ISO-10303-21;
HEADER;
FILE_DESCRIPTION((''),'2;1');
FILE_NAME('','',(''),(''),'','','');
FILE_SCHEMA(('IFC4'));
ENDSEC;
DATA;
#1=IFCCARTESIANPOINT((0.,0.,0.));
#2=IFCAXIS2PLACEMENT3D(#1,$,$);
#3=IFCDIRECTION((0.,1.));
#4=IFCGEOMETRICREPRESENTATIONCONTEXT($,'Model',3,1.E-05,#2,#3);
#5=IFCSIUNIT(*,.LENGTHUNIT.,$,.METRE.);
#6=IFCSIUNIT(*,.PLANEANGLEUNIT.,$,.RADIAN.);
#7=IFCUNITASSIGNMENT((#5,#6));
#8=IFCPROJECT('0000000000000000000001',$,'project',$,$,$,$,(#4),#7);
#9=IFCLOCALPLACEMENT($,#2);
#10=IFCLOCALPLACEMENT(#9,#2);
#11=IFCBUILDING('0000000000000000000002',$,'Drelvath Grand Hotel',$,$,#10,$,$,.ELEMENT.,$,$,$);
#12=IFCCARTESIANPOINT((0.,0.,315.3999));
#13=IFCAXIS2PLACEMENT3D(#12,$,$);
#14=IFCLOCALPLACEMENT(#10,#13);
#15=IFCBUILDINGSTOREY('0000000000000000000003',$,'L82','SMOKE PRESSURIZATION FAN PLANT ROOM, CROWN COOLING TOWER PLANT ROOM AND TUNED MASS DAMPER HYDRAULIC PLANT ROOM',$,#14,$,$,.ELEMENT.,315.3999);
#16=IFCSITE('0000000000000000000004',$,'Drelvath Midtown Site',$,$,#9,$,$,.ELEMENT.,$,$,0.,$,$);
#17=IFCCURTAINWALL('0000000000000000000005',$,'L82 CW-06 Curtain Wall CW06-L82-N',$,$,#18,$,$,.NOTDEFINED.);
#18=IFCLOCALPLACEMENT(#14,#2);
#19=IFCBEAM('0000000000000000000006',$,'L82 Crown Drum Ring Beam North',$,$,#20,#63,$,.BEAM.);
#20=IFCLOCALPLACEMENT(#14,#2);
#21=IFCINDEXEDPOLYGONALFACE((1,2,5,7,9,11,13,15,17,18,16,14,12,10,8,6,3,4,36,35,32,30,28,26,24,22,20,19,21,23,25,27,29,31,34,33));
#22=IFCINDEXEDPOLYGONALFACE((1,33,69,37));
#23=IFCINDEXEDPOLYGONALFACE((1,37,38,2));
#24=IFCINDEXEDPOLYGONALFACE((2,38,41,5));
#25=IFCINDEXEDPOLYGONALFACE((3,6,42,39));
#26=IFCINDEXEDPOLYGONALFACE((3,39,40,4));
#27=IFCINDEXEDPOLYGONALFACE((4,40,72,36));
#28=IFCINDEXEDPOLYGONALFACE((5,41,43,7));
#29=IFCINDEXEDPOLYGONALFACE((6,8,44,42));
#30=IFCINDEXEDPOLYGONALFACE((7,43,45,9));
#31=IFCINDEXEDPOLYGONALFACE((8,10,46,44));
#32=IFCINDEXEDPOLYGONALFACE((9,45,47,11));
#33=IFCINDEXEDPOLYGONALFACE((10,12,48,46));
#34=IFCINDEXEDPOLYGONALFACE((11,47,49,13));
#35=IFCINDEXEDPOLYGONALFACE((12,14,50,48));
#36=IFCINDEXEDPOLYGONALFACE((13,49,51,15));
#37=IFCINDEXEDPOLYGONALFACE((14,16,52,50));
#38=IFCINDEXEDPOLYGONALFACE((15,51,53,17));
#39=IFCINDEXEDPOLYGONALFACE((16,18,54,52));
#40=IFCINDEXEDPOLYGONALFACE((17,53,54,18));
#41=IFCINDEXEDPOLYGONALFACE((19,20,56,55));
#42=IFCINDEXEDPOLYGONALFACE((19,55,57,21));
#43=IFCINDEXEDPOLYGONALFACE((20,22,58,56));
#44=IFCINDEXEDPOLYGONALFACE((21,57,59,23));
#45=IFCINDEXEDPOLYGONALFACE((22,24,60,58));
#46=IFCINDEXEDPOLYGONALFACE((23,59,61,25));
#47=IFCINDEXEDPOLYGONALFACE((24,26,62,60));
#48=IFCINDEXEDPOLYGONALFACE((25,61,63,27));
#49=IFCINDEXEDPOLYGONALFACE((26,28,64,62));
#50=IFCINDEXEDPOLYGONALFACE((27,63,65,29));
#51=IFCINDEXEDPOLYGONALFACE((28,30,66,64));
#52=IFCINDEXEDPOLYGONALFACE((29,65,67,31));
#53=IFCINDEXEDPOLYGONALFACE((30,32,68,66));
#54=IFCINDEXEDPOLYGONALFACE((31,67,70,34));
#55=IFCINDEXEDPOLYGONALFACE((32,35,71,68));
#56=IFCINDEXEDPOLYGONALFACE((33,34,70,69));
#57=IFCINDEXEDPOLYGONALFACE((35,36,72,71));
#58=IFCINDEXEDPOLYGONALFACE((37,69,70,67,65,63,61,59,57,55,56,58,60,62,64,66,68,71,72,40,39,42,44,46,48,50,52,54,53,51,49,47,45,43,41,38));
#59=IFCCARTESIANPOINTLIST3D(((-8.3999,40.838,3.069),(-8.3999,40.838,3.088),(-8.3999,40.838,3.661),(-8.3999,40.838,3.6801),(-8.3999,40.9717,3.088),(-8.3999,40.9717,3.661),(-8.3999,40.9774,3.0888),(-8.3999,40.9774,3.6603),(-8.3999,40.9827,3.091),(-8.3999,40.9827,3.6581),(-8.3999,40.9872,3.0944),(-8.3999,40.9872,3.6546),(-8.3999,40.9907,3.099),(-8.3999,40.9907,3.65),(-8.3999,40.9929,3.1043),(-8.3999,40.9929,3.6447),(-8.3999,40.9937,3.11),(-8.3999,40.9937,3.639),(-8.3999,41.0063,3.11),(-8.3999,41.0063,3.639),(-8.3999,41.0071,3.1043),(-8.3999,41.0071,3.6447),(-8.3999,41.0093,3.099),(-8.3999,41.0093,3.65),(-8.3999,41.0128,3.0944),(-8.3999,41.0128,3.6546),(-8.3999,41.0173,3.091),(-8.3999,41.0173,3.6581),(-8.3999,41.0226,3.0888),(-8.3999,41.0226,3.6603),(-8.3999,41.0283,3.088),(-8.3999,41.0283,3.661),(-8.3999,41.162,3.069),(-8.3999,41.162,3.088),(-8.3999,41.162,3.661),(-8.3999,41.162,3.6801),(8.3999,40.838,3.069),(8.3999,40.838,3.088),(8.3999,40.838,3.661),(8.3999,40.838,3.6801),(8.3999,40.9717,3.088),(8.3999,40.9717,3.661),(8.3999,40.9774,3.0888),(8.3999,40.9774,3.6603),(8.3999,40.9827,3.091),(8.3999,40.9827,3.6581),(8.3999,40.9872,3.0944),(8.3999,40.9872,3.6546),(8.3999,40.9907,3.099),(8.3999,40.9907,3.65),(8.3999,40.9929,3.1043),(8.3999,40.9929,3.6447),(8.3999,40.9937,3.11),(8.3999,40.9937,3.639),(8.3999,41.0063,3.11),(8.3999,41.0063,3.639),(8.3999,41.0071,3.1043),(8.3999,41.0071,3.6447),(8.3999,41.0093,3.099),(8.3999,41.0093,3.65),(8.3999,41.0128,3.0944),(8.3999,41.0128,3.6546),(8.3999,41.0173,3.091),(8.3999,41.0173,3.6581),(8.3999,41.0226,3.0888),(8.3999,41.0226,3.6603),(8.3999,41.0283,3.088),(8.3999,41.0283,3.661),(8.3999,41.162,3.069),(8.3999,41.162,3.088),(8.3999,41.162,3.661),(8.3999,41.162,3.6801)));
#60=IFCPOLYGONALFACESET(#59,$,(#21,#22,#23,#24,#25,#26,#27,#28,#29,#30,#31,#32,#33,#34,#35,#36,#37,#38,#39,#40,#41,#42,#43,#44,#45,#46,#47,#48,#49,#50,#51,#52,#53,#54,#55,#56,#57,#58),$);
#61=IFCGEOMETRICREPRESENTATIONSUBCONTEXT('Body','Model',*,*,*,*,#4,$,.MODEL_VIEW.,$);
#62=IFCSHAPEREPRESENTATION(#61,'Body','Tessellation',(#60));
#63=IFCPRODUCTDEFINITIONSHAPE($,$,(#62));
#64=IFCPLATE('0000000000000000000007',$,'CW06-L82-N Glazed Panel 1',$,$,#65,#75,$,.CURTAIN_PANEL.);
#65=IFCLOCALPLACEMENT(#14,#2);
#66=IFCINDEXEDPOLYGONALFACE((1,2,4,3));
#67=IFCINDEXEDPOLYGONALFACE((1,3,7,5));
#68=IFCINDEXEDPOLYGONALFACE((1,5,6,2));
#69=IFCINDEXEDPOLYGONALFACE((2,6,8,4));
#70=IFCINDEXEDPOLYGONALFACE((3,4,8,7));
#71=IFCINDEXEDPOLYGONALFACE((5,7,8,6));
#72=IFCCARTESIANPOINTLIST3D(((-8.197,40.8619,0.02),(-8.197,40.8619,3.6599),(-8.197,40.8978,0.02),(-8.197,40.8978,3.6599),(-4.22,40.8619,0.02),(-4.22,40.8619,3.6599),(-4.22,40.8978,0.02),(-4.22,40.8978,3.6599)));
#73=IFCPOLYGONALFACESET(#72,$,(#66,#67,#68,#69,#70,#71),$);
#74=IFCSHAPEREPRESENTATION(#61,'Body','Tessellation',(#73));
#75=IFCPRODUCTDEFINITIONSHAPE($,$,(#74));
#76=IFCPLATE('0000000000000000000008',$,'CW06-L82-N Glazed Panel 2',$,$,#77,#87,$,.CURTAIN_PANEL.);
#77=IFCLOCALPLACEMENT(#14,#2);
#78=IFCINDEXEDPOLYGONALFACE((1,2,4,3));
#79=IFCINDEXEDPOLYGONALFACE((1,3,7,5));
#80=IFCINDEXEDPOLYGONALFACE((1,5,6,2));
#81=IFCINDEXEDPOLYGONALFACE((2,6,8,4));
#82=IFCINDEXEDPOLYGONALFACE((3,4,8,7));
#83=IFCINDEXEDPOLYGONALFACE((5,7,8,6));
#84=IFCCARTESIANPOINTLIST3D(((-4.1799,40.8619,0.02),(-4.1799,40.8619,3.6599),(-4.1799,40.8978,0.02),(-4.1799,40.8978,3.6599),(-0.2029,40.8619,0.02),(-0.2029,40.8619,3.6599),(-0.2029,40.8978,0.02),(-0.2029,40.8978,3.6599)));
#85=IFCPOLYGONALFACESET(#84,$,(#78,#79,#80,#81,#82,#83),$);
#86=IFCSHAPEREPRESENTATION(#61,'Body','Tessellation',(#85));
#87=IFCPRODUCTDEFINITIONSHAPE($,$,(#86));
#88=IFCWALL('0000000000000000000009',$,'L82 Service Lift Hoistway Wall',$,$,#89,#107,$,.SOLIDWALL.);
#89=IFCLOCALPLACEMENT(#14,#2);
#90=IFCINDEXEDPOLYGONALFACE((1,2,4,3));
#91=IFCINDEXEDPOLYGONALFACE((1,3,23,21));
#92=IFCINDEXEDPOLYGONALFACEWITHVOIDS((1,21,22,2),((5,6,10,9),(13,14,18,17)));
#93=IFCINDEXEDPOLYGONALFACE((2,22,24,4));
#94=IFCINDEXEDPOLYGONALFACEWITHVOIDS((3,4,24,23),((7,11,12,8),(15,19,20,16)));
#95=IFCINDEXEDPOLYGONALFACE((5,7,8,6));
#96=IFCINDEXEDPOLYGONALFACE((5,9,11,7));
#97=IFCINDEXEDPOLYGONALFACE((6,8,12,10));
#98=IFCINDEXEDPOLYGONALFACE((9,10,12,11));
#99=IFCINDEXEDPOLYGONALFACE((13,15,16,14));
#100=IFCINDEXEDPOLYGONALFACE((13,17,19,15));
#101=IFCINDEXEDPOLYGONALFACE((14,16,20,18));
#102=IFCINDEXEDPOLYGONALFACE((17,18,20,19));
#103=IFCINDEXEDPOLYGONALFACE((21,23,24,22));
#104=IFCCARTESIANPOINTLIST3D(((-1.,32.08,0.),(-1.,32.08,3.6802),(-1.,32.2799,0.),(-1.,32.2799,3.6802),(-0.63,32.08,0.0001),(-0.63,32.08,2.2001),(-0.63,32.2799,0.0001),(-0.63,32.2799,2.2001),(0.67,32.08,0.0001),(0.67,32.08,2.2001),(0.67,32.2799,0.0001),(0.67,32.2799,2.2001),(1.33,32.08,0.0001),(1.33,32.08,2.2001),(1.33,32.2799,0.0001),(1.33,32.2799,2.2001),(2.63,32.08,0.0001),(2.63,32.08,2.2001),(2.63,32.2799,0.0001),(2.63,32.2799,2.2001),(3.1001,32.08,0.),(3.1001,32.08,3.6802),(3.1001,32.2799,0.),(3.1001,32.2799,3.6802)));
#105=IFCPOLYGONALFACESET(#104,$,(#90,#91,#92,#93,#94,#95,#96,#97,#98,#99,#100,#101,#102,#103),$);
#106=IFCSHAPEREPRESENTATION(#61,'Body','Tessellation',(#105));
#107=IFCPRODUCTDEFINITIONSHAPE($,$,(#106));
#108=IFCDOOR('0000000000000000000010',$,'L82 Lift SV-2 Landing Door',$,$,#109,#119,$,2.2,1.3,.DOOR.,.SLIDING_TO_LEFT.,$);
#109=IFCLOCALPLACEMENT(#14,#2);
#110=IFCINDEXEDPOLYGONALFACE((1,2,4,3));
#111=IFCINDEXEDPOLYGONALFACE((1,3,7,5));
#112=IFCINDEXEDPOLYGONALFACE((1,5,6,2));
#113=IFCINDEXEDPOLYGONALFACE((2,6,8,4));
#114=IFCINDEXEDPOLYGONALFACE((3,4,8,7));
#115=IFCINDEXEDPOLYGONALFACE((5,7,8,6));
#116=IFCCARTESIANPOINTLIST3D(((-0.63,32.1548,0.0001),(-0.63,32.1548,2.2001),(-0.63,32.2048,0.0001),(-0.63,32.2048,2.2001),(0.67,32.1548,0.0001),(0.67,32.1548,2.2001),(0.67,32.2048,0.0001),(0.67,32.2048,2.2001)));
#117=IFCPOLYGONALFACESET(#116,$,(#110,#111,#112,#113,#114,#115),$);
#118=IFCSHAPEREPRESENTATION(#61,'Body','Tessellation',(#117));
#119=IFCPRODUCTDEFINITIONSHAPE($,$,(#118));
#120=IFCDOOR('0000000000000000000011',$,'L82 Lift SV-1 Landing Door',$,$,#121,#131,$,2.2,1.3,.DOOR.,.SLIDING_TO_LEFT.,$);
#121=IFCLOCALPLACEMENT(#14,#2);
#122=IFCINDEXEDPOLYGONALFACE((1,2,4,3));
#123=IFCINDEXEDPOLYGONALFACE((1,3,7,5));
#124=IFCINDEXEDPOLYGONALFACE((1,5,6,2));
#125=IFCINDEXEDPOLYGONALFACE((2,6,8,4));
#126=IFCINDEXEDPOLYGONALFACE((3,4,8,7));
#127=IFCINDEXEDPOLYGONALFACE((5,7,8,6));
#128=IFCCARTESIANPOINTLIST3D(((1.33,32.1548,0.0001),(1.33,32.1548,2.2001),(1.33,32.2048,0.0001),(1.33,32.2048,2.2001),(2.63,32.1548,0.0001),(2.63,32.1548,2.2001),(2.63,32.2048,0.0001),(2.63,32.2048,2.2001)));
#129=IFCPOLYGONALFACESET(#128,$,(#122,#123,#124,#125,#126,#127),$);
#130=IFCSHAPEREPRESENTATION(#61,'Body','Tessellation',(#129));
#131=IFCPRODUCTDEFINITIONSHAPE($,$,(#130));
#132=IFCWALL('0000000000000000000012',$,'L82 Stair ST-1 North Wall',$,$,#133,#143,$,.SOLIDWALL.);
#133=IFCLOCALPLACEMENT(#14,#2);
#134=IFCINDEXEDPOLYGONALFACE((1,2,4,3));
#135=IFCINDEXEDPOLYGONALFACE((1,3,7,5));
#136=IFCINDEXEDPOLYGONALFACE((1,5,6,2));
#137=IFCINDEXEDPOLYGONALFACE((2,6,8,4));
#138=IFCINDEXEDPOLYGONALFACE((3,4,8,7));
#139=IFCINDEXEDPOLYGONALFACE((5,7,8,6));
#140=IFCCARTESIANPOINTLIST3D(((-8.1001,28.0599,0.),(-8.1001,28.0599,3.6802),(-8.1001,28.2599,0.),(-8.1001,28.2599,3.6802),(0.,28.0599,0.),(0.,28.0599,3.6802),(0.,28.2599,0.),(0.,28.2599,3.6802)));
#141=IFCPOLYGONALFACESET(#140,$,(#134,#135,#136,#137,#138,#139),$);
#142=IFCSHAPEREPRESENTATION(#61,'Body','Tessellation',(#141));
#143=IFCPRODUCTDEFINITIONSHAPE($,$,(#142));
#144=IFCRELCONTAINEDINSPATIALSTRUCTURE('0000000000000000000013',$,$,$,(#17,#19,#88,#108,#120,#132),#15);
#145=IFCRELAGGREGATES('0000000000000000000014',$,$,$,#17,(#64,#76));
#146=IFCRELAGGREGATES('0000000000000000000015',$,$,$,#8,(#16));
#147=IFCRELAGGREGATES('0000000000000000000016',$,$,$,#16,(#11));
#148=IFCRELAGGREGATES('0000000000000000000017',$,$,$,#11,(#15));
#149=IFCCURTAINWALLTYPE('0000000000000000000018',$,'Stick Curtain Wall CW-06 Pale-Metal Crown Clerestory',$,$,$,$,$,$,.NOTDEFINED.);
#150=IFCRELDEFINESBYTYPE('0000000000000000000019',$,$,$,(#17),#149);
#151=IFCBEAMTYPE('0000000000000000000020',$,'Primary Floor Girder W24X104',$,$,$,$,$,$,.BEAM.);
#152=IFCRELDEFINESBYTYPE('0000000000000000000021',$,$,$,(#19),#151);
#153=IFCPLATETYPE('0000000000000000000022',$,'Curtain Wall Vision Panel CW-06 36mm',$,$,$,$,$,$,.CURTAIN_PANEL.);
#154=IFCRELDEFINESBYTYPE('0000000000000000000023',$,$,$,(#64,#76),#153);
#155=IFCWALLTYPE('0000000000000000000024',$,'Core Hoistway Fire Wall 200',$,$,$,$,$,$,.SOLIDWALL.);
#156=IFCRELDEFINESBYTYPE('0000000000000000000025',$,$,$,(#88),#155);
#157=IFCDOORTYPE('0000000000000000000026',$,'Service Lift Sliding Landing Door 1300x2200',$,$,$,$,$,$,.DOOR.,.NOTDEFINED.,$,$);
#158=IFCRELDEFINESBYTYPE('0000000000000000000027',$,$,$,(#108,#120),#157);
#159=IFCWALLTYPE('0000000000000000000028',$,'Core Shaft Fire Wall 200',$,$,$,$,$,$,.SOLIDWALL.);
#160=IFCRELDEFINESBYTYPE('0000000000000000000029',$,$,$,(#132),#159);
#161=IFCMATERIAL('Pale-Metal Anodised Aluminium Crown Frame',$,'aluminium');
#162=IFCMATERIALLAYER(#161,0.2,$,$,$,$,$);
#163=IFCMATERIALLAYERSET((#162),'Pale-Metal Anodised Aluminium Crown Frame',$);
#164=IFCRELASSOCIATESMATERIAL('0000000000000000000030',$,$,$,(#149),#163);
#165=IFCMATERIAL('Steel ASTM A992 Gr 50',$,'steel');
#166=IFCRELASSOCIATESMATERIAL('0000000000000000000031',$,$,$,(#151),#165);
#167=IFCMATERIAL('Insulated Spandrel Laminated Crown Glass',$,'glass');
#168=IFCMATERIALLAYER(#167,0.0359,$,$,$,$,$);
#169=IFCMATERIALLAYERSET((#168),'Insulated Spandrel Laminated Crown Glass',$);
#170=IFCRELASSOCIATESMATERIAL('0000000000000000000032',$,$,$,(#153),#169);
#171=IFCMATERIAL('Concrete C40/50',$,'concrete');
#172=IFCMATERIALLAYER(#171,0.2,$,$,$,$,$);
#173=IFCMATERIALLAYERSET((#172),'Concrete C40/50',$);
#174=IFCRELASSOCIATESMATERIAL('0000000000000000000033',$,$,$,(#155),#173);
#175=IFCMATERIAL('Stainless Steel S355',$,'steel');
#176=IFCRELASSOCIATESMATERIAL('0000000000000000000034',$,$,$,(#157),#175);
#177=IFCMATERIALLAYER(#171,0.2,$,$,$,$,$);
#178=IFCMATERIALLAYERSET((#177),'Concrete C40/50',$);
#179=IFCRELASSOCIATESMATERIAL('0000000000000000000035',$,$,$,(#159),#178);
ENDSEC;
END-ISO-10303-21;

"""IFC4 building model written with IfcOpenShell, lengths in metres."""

from ifc_helpers import new_model, si_unit, direction, frame, frame_2d, origin, origin_2d, place, context, subcontext, project, spatial, rectangle, i_section, extrude, material, layer, layer_set, material_profile, profile_set, type_object, element, fill, aggregate, save


model = new_model("IFC4")

# Units and contexts
model_context = context("Model", 3, precision=1e-05, world=origin(), true_north=direction((0.0, 1.0)))
body_context = subcontext(model_context, "Body", "Model", "MODEL_VIEW")
ifc_project = project(units=[si_unit("LENGTHUNIT", "METRE"), si_unit("PLANEANGLEUNIT", "RADIAN")], contexts=[model_context])

# Site, building, storey
site_placement = place(None, origin())
site = spatial("IfcSite", under=ifc_project, at=site_placement, Name="Drelvath Midtown Site", CompositionType="ELEMENT", RefElevation=0.0)
building_placement = place(site_placement, origin())
building = spatial("IfcBuilding", under=site, at=building_placement, Name="Drelvath Grand Hotel", CompositionType="ELEMENT")
storey_placement = place(building_placement, frame((0.0, 0.0, 315.3999)))
storey = spatial("IfcBuildingStorey", under=building, at=storey_placement, Name="L82", Description="SMOKE PRESSURIZATION FAN PLANT ROOM, CROWN COOLING TOWER PLANT ROOM AND TUNED MASS DAMPER HYDRAULIC PLANT ROOM", CompositionType="ELEMENT", Elevation=315.3999)

# Curtain wall
ifc_material_1 = material(Name="Pale-Metal Anodised Aluminium Crown Frame", Category="aluminium")
ifc_layer_1 = layer(ifc_material_1, 0.2)
ifc_layer_set_1 = layer_set([ifc_layer_1], Name="Pale-Metal Anodised Aluminium Crown Frame")
curtain_wall_type = type_object("IfcCurtainWallType", Name="Stick Curtain Wall CW-06 Pale-Metal Crown Clerestory", PredefinedType="NOTDEFINED", material=ifc_layer_set_1)
curtain_wall_1_placement = place(storey_placement, origin())
curtain_wall_1 = element("IfcCurtainWall", 1, at=curtain_wall_1_placement, inside=storey, type_object=curtain_wall_type, Name="L82 CW-06 Curtain Wall CW06-L82-N", PredefinedType="NOTDEFINED")

# Beam
ifc_material_2 = material(Name="Steel ASTM A992 Gr 50", Category="steel")
ifc_material_profile_1 = material_profile(ifc_material_2, i_section(OverallWidth=0.324, OverallDepth=0.6111, WebThickness=0.0127, FlangeThickness=0.019, FilletRadius=0.022, at=origin_2d()), Name="W24X104")
ifc_profile_set_1 = profile_set([ifc_material_profile_1], Name="Steel ASTM A992 Gr 50")
beam_type_1 = type_object("IfcBeamType", Name="Primary Floor Girder W24X104", PredefinedType="BEAM", material=ifc_profile_set_1)
beam_1_placement = place(storey_placement, frame((-8.3999, 41.0, 3.3745), z_axis=(1.0, 0.0, 0.0), x_axis=(0.0, 1.0, 0.0)))
element("IfcBeam", 2, at=beam_1_placement, inside=storey, type_object=beam_type_1, Name="L82 Crown Drum Ring Beam North", PredefinedType="BEAM", context=body_context, shape_type="SweptSolid", body=[
    extrude(i_section(OverallWidth=0.324, OverallDepth=0.6111, WebThickness=0.0127, FlangeThickness=0.019, FilletRadius=0.022, at=origin_2d()), origin(), (0.0, 0.0, 1.0), 16.7998),
])

# Plates
ifc_material_3 = material(Name="Insulated Spandrel Laminated Crown Glass", Category="glass")
ifc_layer_2 = layer(ifc_material_3, 0.0359)
ifc_layer_set_2 = layer_set([ifc_layer_2], Name="Insulated Spandrel Laminated Crown Glass")
plate_type = type_object("IfcPlateType", Name="Curtain Wall Vision Panel CW-06 36mm", PredefinedType="CURTAIN_PANEL", material=ifc_layer_set_2)
plate_1_placement = place(storey_placement, frame((-6.2085, 40.8799, 0.02), z_axis=(0.0, 0.0, 1.0), x_axis=(1.0, 0.0, 0.0)))
plate_1 = element("IfcPlate", 3, at=plate_1_placement, type_object=plate_type, Name="CW06-L82-N Glazed Panel 1", PredefinedType="CURTAIN_PANEL", context=body_context, shape_type="SweptSolid", body=[
    extrude(rectangle(XDim=3.9771, YDim=0.0359, at=origin_2d()), origin(), (0.0, 0.0, 1.0), 3.6399),
])
plate_2_placement = place(storey_placement, frame((-2.1914, 40.8799, 0.02), z_axis=(0.0, 0.0, 1.0), x_axis=(1.0, 0.0, 0.0)))
plate_2 = element("IfcPlate", 4, at=plate_2_placement, type_object=plate_type, Name="CW06-L82-N Glazed Panel 2", PredefinedType="CURTAIN_PANEL", context=body_context, shape_type="SweptSolid", body=[
    extrude(rectangle(XDim=3.9771, YDim=0.0359, at=origin_2d()), origin(), (0.0, 0.0, 1.0), 3.6399),
])
aggregate(curtain_wall_1, [plate_1, plate_2])

# Wall, openings, doors
ifc_material_4 = material(Name="Concrete C40/50", Category="concrete")
ifc_layer_3 = layer(ifc_material_4, 0.2)
ifc_layer_set_3 = layer_set([ifc_layer_3], Name="Concrete C40/50")
wall_type_1 = type_object("IfcWallType", Name="Core Hoistway Fire Wall 200", PredefinedType="SOLIDWALL", material=ifc_layer_set_3)
wall_1_placement = place(storey_placement, frame((-1.0, 32.1799, 0.0), z_axis=(0.0, 0.0, 1.0), x_axis=(1.0, 0.0, 0.0)))
wall_1 = element("IfcWall", 5, at=wall_1_placement, inside=storey, type_object=wall_type_1, Name="L82 Service Lift Hoistway Wall", PredefinedType="SOLIDWALL", context=body_context, shape_type="SweptSolid", body=[
    extrude(rectangle(XDim=4.1001, YDim=0.2, at=frame_2d((2.05, 0.0))), origin(), (0.0, 0.0, 1.0), 3.6802),
])
opening_1_placement = place(wall_1_placement, frame((0.3701, 0.0, 0.0)))
opening_1 = element("IfcOpeningElement", 6, at=opening_1_placement, cuts=wall_1, PredefinedType="OPENING", context=body_context, shape_type="SweptSolid", body=[
    extrude(rectangle(XDim=1.3, YDim=2.2, at=frame_2d((0.6499, 1.1001))), frame((0.0, 0.1099, 0.0), z_axis=(0.0, -1.0, 0.0), x_axis=(1.0, 0.0, 0.0)), (0.0, 0.0, 1.0), 0.22),
])
opening_2_placement = place(wall_1_placement, frame((2.3301, 0.0, 0.0)))
opening_2 = element("IfcOpeningElement", 7, at=opening_2_placement, cuts=wall_1, PredefinedType="OPENING", context=body_context, shape_type="SweptSolid", body=[
    extrude(rectangle(XDim=1.3, YDim=2.2, at=frame_2d((0.6499, 1.1001))), frame((0.0, 0.1099, 0.0), z_axis=(0.0, -1.0, 0.0), x_axis=(1.0, 0.0, 0.0)), (0.0, 0.0, 1.0), 0.22),
])
ifc_material_5 = material(Name="Stainless Steel S355", Category="steel")
door_type_1 = type_object("IfcDoorType", Name="Service Lift Sliding Landing Door 1300x2200", OperationType="NOTDEFINED", PredefinedType="DOOR", material=ifc_material_5)
door_1_placement = place(opening_1_placement, origin())
door_1 = element("IfcDoor", 8, at=door_1_placement, inside=storey, type_object=door_type_1, Name="L82 Lift SV-2 Landing Door", OperationType="SLIDING_TO_LEFT", OverallHeight=2.2, OverallWidth=1.3, PredefinedType="DOOR", context=body_context, shape_type="SweptSolid", body=[
    extrude(rectangle(XDim=1.3, YDim=2.2, at=frame_2d((0.6499, 1.1001))), frame((0.0, 0.0249, 0.0), z_axis=(0.0, -1.0, 0.0), x_axis=(1.0, 0.0, 0.0)), (0.0, 0.0, 1.0), 0.05),
])
fill(opening_1, door_1)
door_2_placement = place(opening_2_placement, origin())
door_2 = element("IfcDoor", 9, at=door_2_placement, inside=storey, type_object=door_type_1, Name="L82 Lift SV-1 Landing Door", OperationType="SLIDING_TO_LEFT", OverallHeight=2.2, OverallWidth=1.3, PredefinedType="DOOR", context=body_context, shape_type="SweptSolid", body=[
    extrude(rectangle(XDim=1.3, YDim=2.2, at=frame_2d((0.6499, 1.1001))), frame((0.0, 0.0249, 0.0), z_axis=(0.0, -1.0, 0.0), x_axis=(1.0, 0.0, 0.0)), (0.0, 0.0, 1.0), 0.05),
])
fill(opening_2, door_2)

# Wall
ifc_layer_4 = layer(ifc_material_4, 0.2)
ifc_layer_set_4 = layer_set([ifc_layer_4], Name="Concrete C40/50")
wall_type_2 = type_object("IfcWallType", Name="Core Shaft Fire Wall 200", PredefinedType="SOLIDWALL", material=ifc_layer_set_4)
wall_2_placement = place(storey_placement, frame((-8.1001, 28.1599, 0.0), z_axis=(0.0, 0.0, 1.0), x_axis=(1.0, 0.0, 0.0)))
element("IfcWall", 10, at=wall_2_placement, inside=storey, type_object=wall_type_2, Name="L82 Stair ST-1 North Wall", PredefinedType="SOLIDWALL", context=body_context, shape_type="SweptSolid", body=[
    extrude(rectangle(XDim=8.1001, YDim=0.2, at=frame_2d((4.05, 0.0))), origin(), (0.0, 0.0, 1.0), 3.6802),
])

save(model, "model.ifc")
